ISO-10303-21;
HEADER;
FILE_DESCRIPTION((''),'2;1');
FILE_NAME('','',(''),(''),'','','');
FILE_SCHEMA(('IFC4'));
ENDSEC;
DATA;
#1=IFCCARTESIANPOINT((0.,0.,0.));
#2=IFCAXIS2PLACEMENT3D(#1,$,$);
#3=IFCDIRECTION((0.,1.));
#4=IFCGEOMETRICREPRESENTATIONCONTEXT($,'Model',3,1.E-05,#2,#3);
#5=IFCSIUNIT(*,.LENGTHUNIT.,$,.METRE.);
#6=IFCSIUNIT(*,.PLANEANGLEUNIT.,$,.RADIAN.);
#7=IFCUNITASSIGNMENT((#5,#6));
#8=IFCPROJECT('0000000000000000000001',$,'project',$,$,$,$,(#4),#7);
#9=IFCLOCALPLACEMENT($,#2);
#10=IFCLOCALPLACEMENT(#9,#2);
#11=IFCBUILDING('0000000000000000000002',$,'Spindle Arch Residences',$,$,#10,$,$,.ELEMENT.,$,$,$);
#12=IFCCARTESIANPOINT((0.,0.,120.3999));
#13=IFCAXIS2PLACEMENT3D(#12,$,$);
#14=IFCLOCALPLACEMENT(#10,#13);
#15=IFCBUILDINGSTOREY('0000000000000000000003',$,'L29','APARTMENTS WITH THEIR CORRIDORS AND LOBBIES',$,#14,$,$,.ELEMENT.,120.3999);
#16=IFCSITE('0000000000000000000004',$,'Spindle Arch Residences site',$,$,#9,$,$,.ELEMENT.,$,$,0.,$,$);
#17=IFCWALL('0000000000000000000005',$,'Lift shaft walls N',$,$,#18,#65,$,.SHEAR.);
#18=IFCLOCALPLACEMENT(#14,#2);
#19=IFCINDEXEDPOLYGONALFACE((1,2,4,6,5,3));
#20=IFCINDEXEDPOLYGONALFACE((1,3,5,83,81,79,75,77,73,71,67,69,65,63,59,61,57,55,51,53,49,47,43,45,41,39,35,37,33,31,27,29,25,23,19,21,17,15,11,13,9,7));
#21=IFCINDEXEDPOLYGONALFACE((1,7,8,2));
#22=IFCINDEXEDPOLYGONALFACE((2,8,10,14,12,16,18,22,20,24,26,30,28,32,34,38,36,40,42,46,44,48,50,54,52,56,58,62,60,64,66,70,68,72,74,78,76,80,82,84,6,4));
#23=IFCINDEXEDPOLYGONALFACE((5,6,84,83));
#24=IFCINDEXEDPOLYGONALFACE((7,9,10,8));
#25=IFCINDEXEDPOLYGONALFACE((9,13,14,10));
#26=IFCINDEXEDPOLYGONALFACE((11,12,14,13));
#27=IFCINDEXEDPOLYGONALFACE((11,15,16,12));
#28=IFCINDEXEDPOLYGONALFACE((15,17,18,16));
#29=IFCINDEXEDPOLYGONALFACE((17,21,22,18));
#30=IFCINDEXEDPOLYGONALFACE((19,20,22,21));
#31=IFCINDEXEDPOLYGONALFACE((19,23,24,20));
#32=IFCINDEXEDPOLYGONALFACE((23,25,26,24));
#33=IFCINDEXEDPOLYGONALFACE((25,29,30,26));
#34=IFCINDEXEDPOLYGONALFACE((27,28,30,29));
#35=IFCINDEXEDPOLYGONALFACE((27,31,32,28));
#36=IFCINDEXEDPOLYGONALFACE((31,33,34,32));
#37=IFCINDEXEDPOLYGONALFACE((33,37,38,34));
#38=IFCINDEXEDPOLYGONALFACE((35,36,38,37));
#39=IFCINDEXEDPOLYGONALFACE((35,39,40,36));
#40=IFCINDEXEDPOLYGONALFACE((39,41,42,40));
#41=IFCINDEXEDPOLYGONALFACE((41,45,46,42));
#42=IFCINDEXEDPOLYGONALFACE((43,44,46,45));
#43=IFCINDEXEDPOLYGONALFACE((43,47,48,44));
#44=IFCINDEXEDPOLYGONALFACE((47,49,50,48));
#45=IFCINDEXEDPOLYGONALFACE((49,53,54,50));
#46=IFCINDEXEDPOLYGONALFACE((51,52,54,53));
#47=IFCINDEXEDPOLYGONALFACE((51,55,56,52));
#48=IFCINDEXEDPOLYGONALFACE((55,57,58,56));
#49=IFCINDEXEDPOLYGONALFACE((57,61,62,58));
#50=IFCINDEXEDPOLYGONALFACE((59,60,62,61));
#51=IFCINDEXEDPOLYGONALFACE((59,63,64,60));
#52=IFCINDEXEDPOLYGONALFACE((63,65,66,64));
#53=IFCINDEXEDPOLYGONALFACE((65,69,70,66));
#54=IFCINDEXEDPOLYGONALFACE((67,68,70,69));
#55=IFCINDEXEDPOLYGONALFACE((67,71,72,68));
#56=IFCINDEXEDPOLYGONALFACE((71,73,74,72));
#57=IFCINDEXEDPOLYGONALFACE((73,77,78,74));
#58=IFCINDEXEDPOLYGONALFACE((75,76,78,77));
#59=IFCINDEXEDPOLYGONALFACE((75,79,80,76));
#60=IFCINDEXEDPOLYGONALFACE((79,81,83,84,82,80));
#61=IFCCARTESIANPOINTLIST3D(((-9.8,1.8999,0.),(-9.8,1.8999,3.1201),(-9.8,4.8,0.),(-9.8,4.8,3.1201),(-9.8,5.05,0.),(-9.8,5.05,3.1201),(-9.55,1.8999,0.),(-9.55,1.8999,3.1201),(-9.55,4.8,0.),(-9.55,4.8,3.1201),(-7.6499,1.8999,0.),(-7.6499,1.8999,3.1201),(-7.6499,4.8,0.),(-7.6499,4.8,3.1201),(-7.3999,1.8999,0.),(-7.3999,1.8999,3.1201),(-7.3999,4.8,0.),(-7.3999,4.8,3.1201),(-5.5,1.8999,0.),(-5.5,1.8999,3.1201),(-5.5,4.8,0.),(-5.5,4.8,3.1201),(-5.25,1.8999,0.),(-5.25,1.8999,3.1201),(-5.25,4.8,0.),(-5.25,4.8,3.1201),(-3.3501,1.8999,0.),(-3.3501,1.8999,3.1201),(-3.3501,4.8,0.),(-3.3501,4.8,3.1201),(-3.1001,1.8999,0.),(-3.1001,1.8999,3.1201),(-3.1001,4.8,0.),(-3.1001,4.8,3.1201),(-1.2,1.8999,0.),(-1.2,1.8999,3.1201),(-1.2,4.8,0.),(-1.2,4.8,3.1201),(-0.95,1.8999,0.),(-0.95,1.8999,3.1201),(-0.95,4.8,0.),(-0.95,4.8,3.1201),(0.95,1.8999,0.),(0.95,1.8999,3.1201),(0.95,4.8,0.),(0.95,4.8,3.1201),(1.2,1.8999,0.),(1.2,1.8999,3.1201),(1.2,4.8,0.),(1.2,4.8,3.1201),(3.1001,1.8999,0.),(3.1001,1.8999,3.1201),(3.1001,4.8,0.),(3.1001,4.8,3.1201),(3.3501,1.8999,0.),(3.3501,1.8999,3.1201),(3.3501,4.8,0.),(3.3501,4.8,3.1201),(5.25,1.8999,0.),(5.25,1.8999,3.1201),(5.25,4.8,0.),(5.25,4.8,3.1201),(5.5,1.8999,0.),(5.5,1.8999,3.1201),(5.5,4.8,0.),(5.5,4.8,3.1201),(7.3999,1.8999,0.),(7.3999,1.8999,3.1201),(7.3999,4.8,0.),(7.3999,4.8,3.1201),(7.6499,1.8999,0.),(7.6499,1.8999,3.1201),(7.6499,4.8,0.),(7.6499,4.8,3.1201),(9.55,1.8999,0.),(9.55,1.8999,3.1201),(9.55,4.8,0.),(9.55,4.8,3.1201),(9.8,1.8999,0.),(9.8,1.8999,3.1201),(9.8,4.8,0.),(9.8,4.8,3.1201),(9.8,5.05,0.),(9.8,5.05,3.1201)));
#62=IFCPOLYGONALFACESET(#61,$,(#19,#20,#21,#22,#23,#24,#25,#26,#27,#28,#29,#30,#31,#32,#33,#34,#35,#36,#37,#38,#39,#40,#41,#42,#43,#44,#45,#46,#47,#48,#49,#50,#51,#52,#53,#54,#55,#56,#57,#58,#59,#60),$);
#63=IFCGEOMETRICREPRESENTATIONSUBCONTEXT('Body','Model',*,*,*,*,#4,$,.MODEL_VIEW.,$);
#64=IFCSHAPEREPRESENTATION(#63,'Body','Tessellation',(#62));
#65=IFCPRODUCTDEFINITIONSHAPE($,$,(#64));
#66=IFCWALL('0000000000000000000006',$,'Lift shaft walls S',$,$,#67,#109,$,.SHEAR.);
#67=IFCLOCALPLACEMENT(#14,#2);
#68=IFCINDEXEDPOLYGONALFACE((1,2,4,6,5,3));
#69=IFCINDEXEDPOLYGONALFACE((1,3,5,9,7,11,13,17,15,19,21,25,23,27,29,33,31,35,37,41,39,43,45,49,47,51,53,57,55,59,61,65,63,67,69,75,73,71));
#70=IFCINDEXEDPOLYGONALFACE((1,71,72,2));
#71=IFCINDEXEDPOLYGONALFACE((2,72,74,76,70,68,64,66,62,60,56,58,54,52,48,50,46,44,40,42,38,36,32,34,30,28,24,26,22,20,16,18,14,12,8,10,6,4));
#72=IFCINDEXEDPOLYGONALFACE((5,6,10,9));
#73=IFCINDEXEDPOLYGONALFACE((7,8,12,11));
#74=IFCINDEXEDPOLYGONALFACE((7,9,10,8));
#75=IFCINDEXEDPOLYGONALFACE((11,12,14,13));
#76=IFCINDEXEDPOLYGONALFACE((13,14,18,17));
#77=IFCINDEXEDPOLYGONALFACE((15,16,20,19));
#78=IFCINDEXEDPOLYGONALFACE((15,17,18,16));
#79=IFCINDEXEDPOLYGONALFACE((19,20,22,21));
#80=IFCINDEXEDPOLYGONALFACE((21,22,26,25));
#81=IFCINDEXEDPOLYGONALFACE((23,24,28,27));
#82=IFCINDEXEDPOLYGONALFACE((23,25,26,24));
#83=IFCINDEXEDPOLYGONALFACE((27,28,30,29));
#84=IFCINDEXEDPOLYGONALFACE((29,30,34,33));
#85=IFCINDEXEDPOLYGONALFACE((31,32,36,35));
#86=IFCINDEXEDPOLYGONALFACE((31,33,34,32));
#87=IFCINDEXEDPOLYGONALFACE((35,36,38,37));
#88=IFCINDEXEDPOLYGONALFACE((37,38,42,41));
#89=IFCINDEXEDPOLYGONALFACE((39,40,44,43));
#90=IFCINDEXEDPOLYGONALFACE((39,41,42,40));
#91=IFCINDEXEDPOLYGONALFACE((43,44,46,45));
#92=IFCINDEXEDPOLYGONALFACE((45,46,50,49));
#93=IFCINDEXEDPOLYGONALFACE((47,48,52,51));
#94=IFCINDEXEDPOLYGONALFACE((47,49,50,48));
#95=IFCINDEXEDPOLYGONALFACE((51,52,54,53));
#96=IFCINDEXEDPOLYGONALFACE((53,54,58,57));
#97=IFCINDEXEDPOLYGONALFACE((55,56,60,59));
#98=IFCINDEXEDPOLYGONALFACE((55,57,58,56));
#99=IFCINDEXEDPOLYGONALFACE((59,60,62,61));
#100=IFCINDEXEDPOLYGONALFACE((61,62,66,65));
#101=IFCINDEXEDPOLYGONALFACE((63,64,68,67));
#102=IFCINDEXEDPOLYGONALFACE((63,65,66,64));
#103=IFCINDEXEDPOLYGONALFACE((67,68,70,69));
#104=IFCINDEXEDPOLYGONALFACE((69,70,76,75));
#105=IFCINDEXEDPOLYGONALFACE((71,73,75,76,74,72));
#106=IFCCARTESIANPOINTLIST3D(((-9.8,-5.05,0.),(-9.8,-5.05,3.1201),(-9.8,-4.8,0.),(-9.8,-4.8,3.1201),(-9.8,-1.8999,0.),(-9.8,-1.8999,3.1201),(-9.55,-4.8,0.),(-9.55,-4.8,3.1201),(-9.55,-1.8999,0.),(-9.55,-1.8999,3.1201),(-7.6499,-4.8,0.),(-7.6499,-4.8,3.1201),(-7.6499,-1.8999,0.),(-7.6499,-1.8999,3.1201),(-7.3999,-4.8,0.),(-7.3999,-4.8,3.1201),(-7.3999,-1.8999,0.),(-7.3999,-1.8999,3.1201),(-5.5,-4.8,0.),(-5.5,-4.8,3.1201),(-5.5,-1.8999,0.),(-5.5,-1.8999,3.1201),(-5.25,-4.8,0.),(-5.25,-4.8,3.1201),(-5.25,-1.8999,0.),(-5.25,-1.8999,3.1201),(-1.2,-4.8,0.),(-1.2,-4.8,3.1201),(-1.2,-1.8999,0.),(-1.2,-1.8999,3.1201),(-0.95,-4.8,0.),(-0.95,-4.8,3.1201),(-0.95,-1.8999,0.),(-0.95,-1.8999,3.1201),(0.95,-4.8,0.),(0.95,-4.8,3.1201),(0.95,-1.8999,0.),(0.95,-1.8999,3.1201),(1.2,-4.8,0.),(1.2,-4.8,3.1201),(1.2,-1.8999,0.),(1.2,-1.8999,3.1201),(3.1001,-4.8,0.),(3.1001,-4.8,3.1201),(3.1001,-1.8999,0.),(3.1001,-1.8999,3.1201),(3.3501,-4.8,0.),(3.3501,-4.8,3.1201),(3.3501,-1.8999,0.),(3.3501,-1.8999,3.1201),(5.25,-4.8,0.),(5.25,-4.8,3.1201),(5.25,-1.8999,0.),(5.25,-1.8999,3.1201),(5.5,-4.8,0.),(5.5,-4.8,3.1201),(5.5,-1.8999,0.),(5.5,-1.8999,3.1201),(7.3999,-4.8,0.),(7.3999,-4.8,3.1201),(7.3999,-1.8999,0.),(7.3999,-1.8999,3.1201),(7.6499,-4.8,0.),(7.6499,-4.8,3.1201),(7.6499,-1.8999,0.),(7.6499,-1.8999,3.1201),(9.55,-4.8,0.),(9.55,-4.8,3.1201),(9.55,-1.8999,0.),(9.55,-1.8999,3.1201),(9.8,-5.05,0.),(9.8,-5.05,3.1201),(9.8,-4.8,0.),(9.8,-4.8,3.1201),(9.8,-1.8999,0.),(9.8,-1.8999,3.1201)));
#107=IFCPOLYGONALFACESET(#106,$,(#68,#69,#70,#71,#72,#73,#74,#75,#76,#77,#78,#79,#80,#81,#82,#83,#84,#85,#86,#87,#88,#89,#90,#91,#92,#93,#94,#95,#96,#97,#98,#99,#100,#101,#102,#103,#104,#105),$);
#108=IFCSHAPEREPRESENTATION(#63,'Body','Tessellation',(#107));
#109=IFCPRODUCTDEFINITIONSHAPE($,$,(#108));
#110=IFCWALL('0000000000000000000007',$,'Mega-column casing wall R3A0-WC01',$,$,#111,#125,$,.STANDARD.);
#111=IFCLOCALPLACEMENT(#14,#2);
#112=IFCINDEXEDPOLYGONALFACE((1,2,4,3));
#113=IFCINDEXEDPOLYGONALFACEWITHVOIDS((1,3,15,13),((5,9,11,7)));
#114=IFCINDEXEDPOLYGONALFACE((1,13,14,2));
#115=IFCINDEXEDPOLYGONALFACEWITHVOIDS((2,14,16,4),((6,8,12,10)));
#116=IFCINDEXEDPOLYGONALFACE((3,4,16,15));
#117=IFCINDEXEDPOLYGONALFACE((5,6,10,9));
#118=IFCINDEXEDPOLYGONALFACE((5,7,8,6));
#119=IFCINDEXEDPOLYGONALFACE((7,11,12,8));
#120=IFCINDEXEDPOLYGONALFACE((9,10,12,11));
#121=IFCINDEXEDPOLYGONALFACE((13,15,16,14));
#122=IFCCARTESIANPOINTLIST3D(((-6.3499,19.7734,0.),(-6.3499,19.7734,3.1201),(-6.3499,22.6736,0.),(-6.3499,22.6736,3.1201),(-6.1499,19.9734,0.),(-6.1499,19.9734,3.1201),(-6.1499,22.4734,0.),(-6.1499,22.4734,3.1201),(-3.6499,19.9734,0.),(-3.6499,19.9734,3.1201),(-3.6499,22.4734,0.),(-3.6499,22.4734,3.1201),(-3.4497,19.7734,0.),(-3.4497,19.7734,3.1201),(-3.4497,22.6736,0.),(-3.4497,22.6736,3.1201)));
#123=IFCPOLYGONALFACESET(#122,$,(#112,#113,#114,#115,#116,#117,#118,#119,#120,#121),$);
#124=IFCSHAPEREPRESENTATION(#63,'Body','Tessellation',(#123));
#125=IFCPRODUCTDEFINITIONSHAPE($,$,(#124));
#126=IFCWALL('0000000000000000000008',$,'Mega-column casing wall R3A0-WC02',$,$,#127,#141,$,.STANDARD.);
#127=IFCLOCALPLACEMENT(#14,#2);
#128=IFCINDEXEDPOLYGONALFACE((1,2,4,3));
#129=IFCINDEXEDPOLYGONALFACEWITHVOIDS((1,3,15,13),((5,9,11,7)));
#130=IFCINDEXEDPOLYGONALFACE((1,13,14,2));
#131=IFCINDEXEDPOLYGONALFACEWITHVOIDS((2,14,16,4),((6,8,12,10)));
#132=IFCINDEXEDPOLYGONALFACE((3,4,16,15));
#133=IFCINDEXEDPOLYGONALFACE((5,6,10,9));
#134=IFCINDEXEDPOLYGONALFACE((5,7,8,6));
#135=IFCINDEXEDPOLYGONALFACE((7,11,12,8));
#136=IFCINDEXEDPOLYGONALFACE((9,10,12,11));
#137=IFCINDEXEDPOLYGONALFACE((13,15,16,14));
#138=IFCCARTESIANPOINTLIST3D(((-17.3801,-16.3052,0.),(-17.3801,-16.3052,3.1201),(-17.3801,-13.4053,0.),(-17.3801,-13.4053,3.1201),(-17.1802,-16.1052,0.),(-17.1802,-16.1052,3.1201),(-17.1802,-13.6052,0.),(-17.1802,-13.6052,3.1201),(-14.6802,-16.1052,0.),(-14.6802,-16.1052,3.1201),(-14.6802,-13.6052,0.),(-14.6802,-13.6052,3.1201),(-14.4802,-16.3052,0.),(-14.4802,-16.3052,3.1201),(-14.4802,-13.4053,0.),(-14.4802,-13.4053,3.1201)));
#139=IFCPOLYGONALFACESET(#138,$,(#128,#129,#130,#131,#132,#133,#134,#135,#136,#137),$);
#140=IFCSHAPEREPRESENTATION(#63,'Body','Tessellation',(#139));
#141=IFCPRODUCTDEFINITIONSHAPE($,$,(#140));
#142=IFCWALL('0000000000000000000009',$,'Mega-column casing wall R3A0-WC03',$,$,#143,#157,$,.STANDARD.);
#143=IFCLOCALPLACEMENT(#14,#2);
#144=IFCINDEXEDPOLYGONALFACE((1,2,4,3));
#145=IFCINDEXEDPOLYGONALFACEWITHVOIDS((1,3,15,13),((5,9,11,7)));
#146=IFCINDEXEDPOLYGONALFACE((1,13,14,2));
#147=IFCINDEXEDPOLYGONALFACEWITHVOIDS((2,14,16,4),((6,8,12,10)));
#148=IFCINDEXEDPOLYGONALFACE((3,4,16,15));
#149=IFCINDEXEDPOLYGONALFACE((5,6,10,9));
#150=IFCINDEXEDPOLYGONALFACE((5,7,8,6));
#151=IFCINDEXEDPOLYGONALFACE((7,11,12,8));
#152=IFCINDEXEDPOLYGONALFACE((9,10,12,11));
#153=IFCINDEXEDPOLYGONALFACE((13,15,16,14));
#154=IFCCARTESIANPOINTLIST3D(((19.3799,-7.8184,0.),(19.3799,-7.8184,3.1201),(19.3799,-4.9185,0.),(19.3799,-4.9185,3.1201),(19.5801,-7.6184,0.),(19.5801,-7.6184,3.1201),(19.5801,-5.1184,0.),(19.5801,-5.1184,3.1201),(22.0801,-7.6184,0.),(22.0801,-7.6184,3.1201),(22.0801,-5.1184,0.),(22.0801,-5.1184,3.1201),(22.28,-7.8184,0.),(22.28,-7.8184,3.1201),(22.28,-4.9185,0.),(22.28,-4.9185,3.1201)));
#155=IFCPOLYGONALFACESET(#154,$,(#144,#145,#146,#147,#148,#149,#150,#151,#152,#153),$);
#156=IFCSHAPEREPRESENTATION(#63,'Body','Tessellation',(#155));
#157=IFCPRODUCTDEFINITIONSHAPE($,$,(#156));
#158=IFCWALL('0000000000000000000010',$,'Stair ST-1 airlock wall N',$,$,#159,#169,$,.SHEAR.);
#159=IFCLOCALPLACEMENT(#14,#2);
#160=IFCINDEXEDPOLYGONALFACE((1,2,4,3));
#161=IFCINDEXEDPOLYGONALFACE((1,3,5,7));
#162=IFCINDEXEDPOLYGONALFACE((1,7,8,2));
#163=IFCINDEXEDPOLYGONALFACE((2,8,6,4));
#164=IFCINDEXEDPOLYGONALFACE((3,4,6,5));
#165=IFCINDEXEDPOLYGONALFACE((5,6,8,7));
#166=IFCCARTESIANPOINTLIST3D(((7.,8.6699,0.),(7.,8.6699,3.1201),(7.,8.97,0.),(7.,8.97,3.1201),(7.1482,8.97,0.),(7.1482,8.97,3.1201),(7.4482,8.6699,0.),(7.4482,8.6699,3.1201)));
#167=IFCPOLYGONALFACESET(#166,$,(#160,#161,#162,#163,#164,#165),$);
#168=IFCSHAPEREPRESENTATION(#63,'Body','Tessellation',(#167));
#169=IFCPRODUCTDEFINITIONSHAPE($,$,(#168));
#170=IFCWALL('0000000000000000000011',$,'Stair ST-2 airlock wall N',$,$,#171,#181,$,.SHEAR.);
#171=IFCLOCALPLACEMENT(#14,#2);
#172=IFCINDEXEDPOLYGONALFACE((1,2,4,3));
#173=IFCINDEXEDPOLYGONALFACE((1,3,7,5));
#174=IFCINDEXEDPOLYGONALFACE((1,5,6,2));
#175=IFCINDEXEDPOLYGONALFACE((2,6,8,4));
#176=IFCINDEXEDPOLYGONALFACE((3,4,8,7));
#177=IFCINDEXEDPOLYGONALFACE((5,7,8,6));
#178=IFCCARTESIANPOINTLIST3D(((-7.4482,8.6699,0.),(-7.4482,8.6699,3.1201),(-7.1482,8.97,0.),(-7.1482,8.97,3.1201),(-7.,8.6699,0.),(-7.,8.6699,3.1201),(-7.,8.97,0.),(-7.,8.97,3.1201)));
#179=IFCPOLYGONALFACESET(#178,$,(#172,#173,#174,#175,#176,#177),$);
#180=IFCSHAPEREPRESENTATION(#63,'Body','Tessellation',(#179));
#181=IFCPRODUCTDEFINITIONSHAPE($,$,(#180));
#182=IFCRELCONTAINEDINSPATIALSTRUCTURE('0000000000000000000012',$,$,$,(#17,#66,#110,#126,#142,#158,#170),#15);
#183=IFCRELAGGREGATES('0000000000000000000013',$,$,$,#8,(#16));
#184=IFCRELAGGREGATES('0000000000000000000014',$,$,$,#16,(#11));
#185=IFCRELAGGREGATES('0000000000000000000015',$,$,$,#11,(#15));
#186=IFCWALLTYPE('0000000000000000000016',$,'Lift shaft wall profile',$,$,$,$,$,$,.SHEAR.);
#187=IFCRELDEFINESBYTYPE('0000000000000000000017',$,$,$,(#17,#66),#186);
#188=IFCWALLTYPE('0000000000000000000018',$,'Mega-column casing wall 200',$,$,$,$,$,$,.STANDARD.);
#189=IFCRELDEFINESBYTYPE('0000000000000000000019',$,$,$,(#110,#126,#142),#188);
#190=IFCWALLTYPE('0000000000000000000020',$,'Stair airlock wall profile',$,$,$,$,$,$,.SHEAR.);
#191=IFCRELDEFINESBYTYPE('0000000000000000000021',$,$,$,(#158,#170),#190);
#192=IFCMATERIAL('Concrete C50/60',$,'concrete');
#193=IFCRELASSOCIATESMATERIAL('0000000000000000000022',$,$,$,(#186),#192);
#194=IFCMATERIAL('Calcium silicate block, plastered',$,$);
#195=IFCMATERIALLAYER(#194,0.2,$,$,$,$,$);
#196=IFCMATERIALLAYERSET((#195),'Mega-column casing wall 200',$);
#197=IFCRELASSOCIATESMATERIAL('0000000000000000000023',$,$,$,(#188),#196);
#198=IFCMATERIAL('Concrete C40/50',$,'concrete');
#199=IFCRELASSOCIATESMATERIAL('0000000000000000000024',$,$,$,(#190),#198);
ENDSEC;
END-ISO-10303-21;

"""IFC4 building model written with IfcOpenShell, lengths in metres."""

from ifc_helpers import new_model, si_unit, direction, frame, origin, place, context, subcontext, project, spatial, polyline, outline, extrude, material, layer, layer_set, type_object, element, save


model = new_model("IFC4")

# Units and contexts
model_context = context("Model", 3, precision=1e-05, world=origin(), true_north=direction((0.0, 1.0)))
body_context = subcontext(model_context, "Body", "Model", "MODEL_VIEW")
ifc_project = project(units=[si_unit("LENGTHUNIT", "METRE"), si_unit("PLANEANGLEUNIT", "RADIAN")], contexts=[model_context])

# Site, building, storey
site_placement = place(None, origin())
site = spatial("IfcSite", under=ifc_project, at=site_placement, Name="Spindle Arch Residences site", CompositionType="ELEMENT", RefElevation=0.0)
building_placement = place(site_placement, origin())
building = spatial("IfcBuilding", under=site, at=building_placement, Name="Spindle Arch Residences", CompositionType="ELEMENT")
storey_placement = place(building_placement, frame((0.0, 0.0, 120.3999)))
storey = spatial("IfcBuildingStorey", under=building, at=storey_placement, Name="L29", Description="APARTMENTS WITH THEIR CORRIDORS AND LOBBIES", CompositionType="ELEMENT", Elevation=120.3999)

# Walls
ifc_material_1 = material(Name="Concrete C50/60", Category="concrete")
wall_type_1 = type_object("IfcWallType", Name="Lift shaft wall profile", PredefinedType="SHEAR", material=ifc_material_1)
wall_1_placement = place(storey_placement, origin())
element("IfcWall", 1, at=wall_1_placement, inside=storey, type_object=wall_type_1, Name="Lift shaft walls N", PredefinedType="SHEAR", context=body_context, shape_type="SweptSolid", body=[
    extrude(outline(polyline([(-9.55, 4.8), (-7.6499, 4.8), (-7.6499, 1.8999), (-7.3999, 1.8999), (-7.3999, 4.8), (-5.5, 4.8), (-5.5, 1.8999), (-5.25, 1.8999), (-5.25, 4.8), (-3.3501, 4.8), (-3.3501, 1.8999), (-3.1001, 1.8999), (-3.1001, 4.8), (-1.2, 4.8), (-1.2, 1.8999), (-0.95, 1.8999), (-0.95, 4.8), (0.95, 4.8), (0.95, 1.8999), (1.2, 1.8999), (1.2, 4.8), (3.1001, 4.8), (3.1001, 1.8999), (3.3501, 1.8999), (3.3501, 4.8), (5.25, 4.8), (5.25, 1.8999), (5.5, 1.8999), (5.5, 4.8), (7.3999, 4.8), (7.3999, 1.8999), (7.6499, 1.8999), (7.6499, 4.8), (9.55, 4.8), (9.55, 1.8999), (9.8, 1.8999), (9.8, 4.8), (9.8, 5.05), (-9.8, 5.05), (-9.8, 4.8), (-9.8, 1.8999), (-9.55, 1.8999), (-9.55, 4.8)])), origin(), (0.0, 0.0, 1.0), 3.1201),
])
wall_2_placement = place(storey_placement, origin())
element("IfcWall", 2, at=wall_2_placement, inside=storey, type_object=wall_type_1, Name="Lift shaft walls S", PredefinedType="SHEAR", context=body_context, shape_type="SweptSolid", body=[
    extrude(outline(polyline([(9.8, -5.05), (9.8, -4.8), (9.8, -1.8999), (9.55, -1.8999), (9.55, -4.8), (7.6499, -4.8), (7.6499, -1.8999), (7.3999, -1.8999), (7.3999, -4.8), (5.5, -4.8), (5.5, -1.8999), (5.25, -1.8999), (5.25, -4.8), (3.3501, -4.8), (3.3501, -1.8999), (3.1001, -1.8999), (3.1001, -4.8), (1.2, -4.8), (1.2, -1.8999), (0.95, -1.8999), (0.95, -4.8), (-0.95, -4.8), (-0.95, -1.8999), (-1.2, -1.8999), (-1.2, -4.8), (-5.25, -4.8), (-5.25, -1.8999), (-5.5, -1.8999), (-5.5, -4.8), (-7.3999, -4.8), (-7.3999, -1.8999), (-7.6499, -1.8999), (-7.6499, -4.8), (-9.55, -4.8), (-9.55, -1.8999), (-9.8, -1.8999), (-9.8, -4.8), (-9.8, -5.05), (9.8, -5.05)])), origin(), (0.0, 0.0, 1.0), 3.1201),
])
ifc_material_2 = material(Name="Calcium silicate block, plastered")
ifc_layer_1 = layer(ifc_material_2, 0.2)
ifc_layer_set_1 = layer_set([ifc_layer_1], Name="Mega-column casing wall 200")
wall_type_2 = type_object("IfcWallType", Name="Mega-column casing wall 200", PredefinedType="STANDARD", material=ifc_layer_set_1)
wall_3_placement = place(storey_placement, origin())
element("IfcWall", 3, at=wall_3_placement, inside=storey, type_object=wall_type_2, Name="Mega-column casing wall R3A0-WC01", PredefinedType="STANDARD", context=body_context, shape_type="SweptSolid", body=[
    extrude(outline(polyline([(-3.4497, 22.6736), (-3.4497, 19.7734), (-6.3499, 19.7734), (-6.3499, 22.6736), (-3.4497, 22.6736)]), holes=[polyline([(-6.1499, 19.9734), (-3.6499, 19.9734), (-3.6499, 22.4734), (-6.1499, 22.4734), (-6.1499, 19.9734)])]), origin(), (0.0, 0.0, 1.0), 3.1201),
])
wall_4_placement = place(storey_placement, origin())
element("IfcWall", 4, at=wall_4_placement, inside=storey, type_object=wall_type_2, Name="Mega-column casing wall R3A0-WC02", PredefinedType="STANDARD", context=body_context, shape_type="SweptSolid", body=[
    extrude(outline(polyline([(-14.4802, -13.4053), (-14.4802, -16.3052), (-17.3801, -16.3052), (-17.3801, -13.4053), (-14.4802, -13.4053)]), holes=[polyline([(-17.1802, -16.1052), (-14.6802, -16.1052), (-14.6802, -13.6052), (-17.1802, -13.6052), (-17.1802, -16.1052)])]), origin(), (0.0, 0.0, 1.0), 3.1201),
])
wall_5_placement = place(storey_placement, origin())
element("IfcWall", 5, at=wall_5_placement, inside=storey, type_object=wall_type_2, Name="Mega-column casing wall R3A0-WC03", PredefinedType="STANDARD", context=body_context, shape_type="SweptSolid", body=[
    extrude(outline(polyline([(22.28, -4.9185), (22.28, -7.8184), (19.3799, -7.8184), (19.3799, -4.9185), (22.28, -4.9185)]), holes=[polyline([(19.5801, -7.6184), (22.0801, -7.6184), (22.0801, -5.1184), (19.5801, -5.1184), (19.5801, -7.6184)])]), origin(), (0.0, 0.0, 1.0), 3.1201),
])
ifc_material_3 = material(Name="Concrete C40/50", Category="concrete")
wall_type_3 = type_object("IfcWallType", Name="Stair airlock wall profile", PredefinedType="SHEAR", material=ifc_material_3)
wall_6_placement = place(storey_placement, origin())
element("IfcWall", 6, at=wall_6_placement, inside=storey, type_object=wall_type_3, Name="Stair ST-1 airlock wall N", PredefinedType="SHEAR", context=body_context, shape_type="SweptSolid", body=[
    extrude(outline(polyline([(7.4482, 8.6699), (7.0, 8.6699), (7.0, 8.97), (7.1482, 8.97), (7.4482, 8.6699)])), origin(), (0.0, 0.0, 1.0), 3.1201),
])
wall_7_placement = place(storey_placement, origin())
element("IfcWall", 7, at=wall_7_placement, inside=storey, type_object=wall_type_3, Name="Stair ST-2 airlock wall N", PredefinedType="SHEAR", context=body_context, shape_type="SweptSolid", body=[
    extrude(outline(polyline([(-7.1482, 8.97), (-7.0, 8.97), (-7.0, 8.6699), (-7.4482, 8.6699), (-7.1482, 8.97)])), origin(), (0.0, 0.0, 1.0), 3.1201),
])

save(model, "model.ifc")
